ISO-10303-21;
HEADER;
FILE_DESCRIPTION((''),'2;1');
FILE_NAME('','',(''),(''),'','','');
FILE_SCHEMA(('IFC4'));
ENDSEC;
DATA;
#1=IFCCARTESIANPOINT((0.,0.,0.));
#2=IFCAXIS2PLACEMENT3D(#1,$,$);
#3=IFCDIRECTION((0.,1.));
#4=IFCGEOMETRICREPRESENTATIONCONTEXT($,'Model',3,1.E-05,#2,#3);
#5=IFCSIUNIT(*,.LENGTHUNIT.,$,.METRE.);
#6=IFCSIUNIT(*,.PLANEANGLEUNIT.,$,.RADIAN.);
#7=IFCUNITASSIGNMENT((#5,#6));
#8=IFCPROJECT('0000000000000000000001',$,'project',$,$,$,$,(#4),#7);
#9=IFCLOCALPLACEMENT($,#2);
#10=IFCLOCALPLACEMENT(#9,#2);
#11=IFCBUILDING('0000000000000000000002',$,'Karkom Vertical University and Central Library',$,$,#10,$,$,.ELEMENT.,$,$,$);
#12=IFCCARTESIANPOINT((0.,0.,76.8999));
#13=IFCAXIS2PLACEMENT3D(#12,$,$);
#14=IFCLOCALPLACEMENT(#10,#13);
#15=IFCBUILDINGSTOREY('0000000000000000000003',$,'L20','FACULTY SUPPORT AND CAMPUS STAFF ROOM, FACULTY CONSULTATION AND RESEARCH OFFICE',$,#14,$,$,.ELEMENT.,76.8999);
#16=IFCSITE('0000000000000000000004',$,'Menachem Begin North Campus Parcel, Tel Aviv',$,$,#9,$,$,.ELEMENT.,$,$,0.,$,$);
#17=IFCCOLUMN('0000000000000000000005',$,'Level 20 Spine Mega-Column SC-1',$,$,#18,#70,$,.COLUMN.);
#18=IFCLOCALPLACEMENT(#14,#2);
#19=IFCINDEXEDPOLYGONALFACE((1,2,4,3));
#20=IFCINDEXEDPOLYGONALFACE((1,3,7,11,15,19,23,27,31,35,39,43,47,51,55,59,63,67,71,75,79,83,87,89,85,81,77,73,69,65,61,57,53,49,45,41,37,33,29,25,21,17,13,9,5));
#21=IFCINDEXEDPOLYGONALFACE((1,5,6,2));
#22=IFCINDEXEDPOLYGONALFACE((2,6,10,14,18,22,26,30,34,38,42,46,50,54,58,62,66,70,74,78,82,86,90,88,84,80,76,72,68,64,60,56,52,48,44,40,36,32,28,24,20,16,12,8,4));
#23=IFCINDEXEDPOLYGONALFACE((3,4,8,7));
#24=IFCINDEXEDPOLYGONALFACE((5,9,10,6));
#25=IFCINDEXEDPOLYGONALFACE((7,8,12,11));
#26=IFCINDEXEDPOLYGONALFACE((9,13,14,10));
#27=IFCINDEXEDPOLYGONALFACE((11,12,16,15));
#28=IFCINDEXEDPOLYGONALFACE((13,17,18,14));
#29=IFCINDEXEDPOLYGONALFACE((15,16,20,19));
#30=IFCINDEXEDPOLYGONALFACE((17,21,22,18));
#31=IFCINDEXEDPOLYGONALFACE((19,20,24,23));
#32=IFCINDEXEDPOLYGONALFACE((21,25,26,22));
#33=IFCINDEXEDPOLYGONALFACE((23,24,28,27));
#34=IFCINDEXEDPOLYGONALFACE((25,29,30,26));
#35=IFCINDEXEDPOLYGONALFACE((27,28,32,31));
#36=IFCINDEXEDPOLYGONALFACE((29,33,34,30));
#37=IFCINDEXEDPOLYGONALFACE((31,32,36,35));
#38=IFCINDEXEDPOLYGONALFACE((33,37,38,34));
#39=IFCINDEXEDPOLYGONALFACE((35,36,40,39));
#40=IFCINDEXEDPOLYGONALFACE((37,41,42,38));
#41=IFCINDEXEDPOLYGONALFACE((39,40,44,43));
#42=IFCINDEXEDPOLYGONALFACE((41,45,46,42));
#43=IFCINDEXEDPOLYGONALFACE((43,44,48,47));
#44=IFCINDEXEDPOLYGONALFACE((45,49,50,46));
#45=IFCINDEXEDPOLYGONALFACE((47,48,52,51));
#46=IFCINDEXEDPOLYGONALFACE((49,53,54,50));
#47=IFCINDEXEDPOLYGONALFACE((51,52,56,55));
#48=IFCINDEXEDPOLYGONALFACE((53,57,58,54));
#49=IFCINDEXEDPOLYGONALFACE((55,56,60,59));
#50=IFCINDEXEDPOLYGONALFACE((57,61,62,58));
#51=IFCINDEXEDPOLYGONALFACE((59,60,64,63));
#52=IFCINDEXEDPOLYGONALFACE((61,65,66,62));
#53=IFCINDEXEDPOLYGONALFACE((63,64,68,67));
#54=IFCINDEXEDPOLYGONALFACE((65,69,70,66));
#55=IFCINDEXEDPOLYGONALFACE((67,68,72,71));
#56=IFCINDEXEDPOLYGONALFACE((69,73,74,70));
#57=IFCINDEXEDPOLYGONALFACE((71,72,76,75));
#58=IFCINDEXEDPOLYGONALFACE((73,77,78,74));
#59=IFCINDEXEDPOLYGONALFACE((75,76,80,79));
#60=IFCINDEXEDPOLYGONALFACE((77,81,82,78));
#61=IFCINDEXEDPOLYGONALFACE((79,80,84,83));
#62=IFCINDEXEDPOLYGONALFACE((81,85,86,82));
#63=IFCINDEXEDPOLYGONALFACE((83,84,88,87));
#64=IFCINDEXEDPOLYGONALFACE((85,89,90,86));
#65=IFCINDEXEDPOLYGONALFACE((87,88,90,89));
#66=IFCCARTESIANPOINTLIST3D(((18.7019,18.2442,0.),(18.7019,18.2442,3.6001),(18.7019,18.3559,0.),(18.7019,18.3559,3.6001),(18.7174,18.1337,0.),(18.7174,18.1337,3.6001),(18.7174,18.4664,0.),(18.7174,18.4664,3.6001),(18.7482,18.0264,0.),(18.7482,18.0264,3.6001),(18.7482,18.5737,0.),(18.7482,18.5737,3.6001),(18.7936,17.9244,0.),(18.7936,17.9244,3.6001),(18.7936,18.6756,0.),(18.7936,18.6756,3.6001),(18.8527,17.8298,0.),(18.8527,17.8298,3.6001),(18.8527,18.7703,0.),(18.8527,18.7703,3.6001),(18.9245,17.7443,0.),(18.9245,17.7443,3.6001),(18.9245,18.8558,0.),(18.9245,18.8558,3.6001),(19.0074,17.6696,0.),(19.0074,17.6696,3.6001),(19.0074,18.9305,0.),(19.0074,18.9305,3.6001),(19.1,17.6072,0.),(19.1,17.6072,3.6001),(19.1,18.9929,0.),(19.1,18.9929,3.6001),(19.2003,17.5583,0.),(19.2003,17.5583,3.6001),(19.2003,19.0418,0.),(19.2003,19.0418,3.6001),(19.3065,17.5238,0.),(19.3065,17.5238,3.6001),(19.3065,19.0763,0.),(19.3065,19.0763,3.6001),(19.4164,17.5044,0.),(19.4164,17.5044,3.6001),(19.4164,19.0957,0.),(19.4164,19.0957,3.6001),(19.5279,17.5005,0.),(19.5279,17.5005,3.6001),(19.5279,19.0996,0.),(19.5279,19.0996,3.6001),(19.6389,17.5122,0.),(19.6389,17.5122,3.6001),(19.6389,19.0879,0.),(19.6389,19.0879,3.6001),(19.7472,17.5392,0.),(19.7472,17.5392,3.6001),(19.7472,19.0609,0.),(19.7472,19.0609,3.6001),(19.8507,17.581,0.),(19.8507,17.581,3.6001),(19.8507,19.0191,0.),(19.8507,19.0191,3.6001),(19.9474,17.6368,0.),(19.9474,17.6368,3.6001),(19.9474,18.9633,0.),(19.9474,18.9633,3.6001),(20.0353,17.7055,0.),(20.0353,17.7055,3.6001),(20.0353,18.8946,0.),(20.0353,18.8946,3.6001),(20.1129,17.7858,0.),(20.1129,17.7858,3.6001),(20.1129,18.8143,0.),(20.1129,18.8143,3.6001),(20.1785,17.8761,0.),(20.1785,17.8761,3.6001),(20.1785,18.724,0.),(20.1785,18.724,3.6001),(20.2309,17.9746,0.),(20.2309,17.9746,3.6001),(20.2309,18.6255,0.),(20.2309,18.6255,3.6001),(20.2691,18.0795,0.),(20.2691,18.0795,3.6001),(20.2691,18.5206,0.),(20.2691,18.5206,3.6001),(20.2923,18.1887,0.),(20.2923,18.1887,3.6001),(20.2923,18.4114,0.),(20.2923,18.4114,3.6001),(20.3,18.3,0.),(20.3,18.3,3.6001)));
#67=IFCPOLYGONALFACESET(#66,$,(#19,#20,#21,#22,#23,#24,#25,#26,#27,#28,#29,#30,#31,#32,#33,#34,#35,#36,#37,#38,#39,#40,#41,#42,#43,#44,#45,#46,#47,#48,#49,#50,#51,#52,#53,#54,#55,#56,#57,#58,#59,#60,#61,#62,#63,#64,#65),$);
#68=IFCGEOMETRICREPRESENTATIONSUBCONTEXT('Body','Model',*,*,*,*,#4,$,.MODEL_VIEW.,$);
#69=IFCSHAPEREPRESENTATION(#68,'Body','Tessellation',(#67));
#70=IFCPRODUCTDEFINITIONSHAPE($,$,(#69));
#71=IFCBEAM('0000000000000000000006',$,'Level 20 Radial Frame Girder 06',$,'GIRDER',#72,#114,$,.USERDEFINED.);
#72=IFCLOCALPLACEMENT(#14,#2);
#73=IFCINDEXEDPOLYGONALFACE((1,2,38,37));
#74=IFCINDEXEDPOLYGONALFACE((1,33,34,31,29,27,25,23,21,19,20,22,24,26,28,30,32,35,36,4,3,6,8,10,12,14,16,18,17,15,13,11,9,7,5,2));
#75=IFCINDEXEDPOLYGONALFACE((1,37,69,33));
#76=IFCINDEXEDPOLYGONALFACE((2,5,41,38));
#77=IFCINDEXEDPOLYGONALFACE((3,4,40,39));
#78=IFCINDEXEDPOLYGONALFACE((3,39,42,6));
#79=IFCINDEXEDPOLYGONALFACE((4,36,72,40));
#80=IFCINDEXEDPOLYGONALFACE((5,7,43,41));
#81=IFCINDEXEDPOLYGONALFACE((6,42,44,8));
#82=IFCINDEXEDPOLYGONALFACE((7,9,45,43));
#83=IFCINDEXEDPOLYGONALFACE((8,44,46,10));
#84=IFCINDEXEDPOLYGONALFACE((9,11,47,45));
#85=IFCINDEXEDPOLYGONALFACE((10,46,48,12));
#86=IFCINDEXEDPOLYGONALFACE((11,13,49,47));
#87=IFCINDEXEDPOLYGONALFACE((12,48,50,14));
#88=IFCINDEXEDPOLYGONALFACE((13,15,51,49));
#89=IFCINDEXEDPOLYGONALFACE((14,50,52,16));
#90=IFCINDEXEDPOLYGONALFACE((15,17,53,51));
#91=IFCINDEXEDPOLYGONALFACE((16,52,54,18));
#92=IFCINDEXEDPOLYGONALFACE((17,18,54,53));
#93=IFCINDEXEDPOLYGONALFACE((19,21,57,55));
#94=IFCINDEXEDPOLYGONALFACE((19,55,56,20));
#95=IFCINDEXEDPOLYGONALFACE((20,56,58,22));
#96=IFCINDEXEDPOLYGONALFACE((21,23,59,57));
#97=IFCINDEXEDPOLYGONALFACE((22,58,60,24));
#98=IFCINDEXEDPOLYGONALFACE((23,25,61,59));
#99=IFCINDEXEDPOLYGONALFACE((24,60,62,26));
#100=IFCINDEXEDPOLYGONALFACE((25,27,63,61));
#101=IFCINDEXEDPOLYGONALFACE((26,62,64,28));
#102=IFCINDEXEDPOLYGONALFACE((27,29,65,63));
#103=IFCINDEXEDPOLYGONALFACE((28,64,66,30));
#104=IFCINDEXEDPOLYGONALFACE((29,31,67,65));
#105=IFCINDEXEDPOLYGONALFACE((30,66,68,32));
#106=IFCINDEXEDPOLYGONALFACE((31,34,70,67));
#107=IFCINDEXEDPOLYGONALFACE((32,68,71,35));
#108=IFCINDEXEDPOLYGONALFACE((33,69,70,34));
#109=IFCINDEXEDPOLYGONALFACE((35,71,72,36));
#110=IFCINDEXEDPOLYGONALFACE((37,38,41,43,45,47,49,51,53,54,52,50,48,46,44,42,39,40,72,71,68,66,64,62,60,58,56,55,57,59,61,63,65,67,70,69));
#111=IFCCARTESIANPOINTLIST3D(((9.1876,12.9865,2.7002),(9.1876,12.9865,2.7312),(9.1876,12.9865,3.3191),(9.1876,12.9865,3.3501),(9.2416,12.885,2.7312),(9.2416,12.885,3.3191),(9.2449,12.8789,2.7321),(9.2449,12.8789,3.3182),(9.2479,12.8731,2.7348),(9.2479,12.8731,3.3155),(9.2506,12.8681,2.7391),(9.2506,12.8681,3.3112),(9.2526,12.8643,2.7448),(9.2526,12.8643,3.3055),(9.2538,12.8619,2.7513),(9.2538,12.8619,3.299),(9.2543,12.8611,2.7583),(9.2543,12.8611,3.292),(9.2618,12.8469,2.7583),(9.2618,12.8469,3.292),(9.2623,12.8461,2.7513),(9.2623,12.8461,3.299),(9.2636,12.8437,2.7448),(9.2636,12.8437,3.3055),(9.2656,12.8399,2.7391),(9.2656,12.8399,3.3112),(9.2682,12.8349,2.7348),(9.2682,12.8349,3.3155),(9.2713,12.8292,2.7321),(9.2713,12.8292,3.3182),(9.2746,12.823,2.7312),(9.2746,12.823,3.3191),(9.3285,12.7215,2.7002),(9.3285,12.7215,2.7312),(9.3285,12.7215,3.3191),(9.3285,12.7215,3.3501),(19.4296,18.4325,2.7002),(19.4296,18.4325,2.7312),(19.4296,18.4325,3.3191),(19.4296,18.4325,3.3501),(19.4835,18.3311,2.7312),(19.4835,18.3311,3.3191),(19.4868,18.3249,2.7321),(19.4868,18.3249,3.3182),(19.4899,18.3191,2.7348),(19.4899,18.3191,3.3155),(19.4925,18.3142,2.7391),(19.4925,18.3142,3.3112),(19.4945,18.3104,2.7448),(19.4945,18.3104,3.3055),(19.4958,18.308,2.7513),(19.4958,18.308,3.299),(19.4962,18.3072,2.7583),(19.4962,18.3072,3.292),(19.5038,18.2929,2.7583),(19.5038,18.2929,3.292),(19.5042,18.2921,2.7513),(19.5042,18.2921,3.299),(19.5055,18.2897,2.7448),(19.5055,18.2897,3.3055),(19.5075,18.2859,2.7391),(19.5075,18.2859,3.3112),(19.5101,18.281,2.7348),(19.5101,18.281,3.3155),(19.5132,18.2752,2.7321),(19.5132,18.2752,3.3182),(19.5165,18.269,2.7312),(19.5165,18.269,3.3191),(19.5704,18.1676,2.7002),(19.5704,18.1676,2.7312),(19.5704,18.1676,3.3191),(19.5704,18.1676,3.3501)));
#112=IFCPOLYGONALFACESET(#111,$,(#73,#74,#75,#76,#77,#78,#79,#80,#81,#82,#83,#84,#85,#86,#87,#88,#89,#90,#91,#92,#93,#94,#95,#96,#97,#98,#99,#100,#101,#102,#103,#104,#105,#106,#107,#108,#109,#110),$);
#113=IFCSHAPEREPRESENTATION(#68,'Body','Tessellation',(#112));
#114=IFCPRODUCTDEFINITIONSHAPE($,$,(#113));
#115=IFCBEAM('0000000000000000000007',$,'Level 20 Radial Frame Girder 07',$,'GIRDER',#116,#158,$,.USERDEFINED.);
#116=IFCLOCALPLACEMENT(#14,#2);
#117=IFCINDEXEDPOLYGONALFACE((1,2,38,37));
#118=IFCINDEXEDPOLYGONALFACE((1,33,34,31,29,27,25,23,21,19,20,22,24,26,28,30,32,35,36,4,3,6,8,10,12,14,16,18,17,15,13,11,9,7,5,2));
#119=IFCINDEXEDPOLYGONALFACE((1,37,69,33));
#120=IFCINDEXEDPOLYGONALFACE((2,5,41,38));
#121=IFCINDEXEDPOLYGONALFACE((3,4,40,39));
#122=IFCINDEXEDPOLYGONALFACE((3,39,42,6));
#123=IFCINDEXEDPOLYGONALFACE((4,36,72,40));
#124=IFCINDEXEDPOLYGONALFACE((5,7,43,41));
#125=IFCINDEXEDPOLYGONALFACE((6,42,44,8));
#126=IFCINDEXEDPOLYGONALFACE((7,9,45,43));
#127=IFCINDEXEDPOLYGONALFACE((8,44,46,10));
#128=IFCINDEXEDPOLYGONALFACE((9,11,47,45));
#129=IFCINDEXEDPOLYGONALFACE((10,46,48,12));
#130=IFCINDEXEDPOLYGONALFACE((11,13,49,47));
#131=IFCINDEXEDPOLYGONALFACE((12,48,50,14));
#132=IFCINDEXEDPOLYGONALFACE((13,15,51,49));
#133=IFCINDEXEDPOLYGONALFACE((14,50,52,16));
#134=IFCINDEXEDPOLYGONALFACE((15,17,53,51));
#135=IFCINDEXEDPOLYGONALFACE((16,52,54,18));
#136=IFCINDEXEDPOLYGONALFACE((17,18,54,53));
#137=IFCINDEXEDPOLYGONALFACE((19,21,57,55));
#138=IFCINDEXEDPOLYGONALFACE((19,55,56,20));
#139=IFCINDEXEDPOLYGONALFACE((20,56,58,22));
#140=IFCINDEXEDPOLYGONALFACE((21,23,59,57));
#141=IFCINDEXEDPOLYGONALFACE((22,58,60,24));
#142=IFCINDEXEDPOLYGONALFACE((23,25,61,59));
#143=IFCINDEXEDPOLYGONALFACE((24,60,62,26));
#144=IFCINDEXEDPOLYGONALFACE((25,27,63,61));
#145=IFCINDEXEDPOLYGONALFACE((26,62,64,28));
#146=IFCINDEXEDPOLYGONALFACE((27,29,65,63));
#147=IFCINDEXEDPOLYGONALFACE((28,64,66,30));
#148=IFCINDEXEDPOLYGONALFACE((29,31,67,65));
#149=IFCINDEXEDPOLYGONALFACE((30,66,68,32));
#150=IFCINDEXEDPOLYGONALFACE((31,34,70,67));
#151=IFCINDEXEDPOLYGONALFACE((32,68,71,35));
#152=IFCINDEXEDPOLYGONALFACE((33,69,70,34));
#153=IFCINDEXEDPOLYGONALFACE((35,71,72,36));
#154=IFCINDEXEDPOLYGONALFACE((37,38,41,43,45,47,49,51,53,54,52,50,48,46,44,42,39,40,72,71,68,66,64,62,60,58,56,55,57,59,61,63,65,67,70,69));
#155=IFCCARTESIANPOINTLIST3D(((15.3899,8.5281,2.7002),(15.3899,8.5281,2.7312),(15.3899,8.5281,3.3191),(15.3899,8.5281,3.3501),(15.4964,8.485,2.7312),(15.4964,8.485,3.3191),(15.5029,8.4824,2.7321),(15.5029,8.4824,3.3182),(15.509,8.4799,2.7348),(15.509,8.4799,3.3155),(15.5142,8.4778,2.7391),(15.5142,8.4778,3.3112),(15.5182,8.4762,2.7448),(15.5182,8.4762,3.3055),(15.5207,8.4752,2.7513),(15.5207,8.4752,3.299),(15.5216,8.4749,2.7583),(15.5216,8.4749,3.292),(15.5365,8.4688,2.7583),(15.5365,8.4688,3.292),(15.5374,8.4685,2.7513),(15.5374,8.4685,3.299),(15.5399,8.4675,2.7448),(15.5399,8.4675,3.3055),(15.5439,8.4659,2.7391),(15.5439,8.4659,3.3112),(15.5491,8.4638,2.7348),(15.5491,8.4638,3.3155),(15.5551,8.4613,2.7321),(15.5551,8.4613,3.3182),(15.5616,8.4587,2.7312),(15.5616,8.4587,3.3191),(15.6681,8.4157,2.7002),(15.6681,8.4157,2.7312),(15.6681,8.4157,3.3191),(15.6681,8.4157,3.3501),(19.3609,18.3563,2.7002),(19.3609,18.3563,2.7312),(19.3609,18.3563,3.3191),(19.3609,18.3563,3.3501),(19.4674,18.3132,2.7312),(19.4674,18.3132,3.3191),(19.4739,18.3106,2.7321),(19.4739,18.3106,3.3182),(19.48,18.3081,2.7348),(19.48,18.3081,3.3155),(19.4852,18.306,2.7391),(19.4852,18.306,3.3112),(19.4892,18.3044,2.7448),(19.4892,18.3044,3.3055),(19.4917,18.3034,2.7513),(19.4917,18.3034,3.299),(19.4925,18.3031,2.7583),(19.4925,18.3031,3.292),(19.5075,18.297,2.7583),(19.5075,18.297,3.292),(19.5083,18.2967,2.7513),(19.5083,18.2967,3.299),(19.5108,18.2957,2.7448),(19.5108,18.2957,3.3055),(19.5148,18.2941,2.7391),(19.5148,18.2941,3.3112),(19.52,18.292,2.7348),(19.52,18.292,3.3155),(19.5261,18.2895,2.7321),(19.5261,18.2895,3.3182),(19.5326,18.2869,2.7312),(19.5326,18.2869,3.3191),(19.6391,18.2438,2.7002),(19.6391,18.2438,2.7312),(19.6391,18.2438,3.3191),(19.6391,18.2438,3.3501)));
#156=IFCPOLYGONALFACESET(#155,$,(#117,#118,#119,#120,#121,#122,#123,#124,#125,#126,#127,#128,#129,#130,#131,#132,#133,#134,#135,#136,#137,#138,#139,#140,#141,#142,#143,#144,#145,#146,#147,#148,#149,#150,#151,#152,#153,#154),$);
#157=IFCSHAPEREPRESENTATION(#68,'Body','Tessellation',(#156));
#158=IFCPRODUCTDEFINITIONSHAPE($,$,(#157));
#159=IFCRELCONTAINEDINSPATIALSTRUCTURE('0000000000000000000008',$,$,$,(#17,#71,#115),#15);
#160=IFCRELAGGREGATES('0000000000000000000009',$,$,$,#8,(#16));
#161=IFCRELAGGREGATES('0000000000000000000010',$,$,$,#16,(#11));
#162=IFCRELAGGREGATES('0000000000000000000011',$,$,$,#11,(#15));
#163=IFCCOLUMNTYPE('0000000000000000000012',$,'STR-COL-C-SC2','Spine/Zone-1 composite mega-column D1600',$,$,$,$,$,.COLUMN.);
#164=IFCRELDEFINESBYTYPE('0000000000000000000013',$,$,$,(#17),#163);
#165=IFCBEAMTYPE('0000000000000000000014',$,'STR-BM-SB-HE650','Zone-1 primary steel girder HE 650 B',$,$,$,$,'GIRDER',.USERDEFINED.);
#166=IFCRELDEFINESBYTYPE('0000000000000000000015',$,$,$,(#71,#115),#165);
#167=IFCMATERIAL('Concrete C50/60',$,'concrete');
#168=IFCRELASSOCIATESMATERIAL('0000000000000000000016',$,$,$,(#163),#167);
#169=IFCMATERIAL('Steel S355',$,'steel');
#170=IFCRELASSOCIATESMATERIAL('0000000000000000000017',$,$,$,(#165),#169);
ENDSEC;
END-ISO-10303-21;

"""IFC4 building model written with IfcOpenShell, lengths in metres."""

from ifc_helpers import new_model, si_unit, direction, frame, origin, origin_with_axes, origin_2d, place, context, subcontext, project, spatial, circle, i_section, extrude, source, transform, mapped, material, material_profile, profile_set, type_object, element, save


model = new_model("IFC4")

# Units and contexts
model_context = context("Model", 3, precision=1e-05, world=origin(), true_north=direction((0.0, 1.0)))
body_context = subcontext(model_context, "Body", "Model", "MODEL_VIEW")
ifc_project = project(units=[si_unit("LENGTHUNIT", "METRE"), si_unit("PLANEANGLEUNIT", "RADIAN")], contexts=[model_context])

# Site, building, storey
site_placement = place(None, origin())
site = spatial("IfcSite", under=ifc_project, at=site_placement, Name="Menachem Begin North Campus Parcel, Tel Aviv", CompositionType="ELEMENT", RefElevation=0.0)
building_placement = place(site_placement, origin())
building = spatial("IfcBuilding", under=site, at=building_placement, Name="Karkom Vertical University and Central Library", CompositionType="ELEMENT")
storey_placement = place(building_placement, frame((0.0, 0.0, 76.8999)))
storey = spatial("IfcBuildingStorey", under=building, at=storey_placement, Name="L20", Description="FACULTY SUPPORT AND CAMPUS STAFF ROOM, FACULTY CONSULTATION AND RESEARCH OFFICE", CompositionType="ELEMENT", Elevation=76.8999)

# Column
ifc_material_1 = material(Name="Concrete C50/60", Category="concrete")
ifc_material_profile_1 = material_profile(ifc_material_1, circle(Radius=0.8, at=origin_2d()), Name="CFT-D1600")
ifc_profile_set_1 = profile_set([ifc_material_profile_1], Name="Concrete C50/60")
column_type = type_object("IfcColumnType", Name="STR-COL-C-SC2", Description="Spine/Zone-1 composite mega-column D1600", PredefinedType="COLUMN", material=ifc_profile_set_1)
shared_shape_1 = source(origin_with_axes(), body_context, "Body", "SweptSolid", [
    extrude(circle(Radius=0.8, at=origin_2d()), origin(), (0.0, 0.0, 1.0), 3.6001),
])
column_placement = place(storey_placement, frame((19.5, 18.3, 0.0), z_axis=(0.0, 0.0, 1.0), x_axis=(1.0, 0.0, 0.0)))
element("IfcColumn", 1, at=column_placement, inside=storey, type_object=column_type, Name="Level 20 Spine Mega-Column SC-1", PredefinedType="COLUMN", context=body_context, shape_type="MappedRepresentation", body=[
    mapped(shared_shape_1, transform((0.0, 0.0, 0.0), scale=1.0)),
])

# Beams
ifc_material_2 = material(Name="Steel S355", Category="steel")
ifc_material_profile_2 = material_profile(ifc_material_2, i_section(OverallWidth=0.3, OverallDepth=0.6499, WebThickness=0.0161, FlangeThickness=0.031, FilletRadius=0.0271, at=origin_2d()), Name="HE 650 B")
ifc_profile_set_2 = profile_set([ifc_material_profile_2], Name="Steel S355")
beam_type_1 = type_object("IfcBeamType", Name="STR-BM-SB-HE650", Description="Zone-1 primary steel girder HE 650 B", ElementType="GIRDER", PredefinedType="USERDEFINED", material=ifc_profile_set_2)
shared_shape_2 = source(origin_with_axes(), body_context, "Body", "SweptSolid", [
    extrude(i_section(OverallWidth=0.3, OverallDepth=0.6499, WebThickness=0.0161, FlangeThickness=0.031, FilletRadius=0.0271, at=origin_2d()), origin(), (0.0, 0.0, 1.0), 11.5999),
])
beam_1_placement = place(storey_placement, frame((19.5, 18.3, 3.0251), z_axis=(-0.882937, -0.469492, 0.0), x_axis=(0.469492, -0.882937, 0.0)))
element("IfcBeam", 2, at=beam_1_placement, inside=storey, type_object=beam_type_1, Name="Level 20 Radial Frame Girder 06", ObjectType="GIRDER", PredefinedType="USERDEFINED", context=body_context, shape_type="MappedRepresentation", body=[
    mapped(shared_shape_2, transform((0.0, 0.0, 0.0), scale=1.0)),
])
shared_shape_3 = source(origin_with_axes(), body_context, "Body", "SweptSolid", [
    extrude(i_section(OverallWidth=0.3, OverallDepth=0.6499, WebThickness=0.0161, FlangeThickness=0.031, FilletRadius=0.0271, at=origin_2d()), origin(), (0.0, 0.0, 1.0), 10.6001),
])
beam_2_placement = place(storey_placement, frame((19.5, 18.3, 3.0251), z_axis=(-0.374617, -0.92718, 0.0), x_axis=(0.92718, -0.374617, 0.0)))
element("IfcBeam", 3, at=beam_2_placement, inside=storey, type_object=beam_type_1, Name="Level 20 Radial Frame Girder 07", ObjectType="GIRDER", PredefinedType="USERDEFINED", context=body_context, shape_type="MappedRepresentation", body=[
    mapped(shared_shape_3, transform((0.0, 0.0, 0.0), scale=1.0)),
])

save(model, "model.ifc")
